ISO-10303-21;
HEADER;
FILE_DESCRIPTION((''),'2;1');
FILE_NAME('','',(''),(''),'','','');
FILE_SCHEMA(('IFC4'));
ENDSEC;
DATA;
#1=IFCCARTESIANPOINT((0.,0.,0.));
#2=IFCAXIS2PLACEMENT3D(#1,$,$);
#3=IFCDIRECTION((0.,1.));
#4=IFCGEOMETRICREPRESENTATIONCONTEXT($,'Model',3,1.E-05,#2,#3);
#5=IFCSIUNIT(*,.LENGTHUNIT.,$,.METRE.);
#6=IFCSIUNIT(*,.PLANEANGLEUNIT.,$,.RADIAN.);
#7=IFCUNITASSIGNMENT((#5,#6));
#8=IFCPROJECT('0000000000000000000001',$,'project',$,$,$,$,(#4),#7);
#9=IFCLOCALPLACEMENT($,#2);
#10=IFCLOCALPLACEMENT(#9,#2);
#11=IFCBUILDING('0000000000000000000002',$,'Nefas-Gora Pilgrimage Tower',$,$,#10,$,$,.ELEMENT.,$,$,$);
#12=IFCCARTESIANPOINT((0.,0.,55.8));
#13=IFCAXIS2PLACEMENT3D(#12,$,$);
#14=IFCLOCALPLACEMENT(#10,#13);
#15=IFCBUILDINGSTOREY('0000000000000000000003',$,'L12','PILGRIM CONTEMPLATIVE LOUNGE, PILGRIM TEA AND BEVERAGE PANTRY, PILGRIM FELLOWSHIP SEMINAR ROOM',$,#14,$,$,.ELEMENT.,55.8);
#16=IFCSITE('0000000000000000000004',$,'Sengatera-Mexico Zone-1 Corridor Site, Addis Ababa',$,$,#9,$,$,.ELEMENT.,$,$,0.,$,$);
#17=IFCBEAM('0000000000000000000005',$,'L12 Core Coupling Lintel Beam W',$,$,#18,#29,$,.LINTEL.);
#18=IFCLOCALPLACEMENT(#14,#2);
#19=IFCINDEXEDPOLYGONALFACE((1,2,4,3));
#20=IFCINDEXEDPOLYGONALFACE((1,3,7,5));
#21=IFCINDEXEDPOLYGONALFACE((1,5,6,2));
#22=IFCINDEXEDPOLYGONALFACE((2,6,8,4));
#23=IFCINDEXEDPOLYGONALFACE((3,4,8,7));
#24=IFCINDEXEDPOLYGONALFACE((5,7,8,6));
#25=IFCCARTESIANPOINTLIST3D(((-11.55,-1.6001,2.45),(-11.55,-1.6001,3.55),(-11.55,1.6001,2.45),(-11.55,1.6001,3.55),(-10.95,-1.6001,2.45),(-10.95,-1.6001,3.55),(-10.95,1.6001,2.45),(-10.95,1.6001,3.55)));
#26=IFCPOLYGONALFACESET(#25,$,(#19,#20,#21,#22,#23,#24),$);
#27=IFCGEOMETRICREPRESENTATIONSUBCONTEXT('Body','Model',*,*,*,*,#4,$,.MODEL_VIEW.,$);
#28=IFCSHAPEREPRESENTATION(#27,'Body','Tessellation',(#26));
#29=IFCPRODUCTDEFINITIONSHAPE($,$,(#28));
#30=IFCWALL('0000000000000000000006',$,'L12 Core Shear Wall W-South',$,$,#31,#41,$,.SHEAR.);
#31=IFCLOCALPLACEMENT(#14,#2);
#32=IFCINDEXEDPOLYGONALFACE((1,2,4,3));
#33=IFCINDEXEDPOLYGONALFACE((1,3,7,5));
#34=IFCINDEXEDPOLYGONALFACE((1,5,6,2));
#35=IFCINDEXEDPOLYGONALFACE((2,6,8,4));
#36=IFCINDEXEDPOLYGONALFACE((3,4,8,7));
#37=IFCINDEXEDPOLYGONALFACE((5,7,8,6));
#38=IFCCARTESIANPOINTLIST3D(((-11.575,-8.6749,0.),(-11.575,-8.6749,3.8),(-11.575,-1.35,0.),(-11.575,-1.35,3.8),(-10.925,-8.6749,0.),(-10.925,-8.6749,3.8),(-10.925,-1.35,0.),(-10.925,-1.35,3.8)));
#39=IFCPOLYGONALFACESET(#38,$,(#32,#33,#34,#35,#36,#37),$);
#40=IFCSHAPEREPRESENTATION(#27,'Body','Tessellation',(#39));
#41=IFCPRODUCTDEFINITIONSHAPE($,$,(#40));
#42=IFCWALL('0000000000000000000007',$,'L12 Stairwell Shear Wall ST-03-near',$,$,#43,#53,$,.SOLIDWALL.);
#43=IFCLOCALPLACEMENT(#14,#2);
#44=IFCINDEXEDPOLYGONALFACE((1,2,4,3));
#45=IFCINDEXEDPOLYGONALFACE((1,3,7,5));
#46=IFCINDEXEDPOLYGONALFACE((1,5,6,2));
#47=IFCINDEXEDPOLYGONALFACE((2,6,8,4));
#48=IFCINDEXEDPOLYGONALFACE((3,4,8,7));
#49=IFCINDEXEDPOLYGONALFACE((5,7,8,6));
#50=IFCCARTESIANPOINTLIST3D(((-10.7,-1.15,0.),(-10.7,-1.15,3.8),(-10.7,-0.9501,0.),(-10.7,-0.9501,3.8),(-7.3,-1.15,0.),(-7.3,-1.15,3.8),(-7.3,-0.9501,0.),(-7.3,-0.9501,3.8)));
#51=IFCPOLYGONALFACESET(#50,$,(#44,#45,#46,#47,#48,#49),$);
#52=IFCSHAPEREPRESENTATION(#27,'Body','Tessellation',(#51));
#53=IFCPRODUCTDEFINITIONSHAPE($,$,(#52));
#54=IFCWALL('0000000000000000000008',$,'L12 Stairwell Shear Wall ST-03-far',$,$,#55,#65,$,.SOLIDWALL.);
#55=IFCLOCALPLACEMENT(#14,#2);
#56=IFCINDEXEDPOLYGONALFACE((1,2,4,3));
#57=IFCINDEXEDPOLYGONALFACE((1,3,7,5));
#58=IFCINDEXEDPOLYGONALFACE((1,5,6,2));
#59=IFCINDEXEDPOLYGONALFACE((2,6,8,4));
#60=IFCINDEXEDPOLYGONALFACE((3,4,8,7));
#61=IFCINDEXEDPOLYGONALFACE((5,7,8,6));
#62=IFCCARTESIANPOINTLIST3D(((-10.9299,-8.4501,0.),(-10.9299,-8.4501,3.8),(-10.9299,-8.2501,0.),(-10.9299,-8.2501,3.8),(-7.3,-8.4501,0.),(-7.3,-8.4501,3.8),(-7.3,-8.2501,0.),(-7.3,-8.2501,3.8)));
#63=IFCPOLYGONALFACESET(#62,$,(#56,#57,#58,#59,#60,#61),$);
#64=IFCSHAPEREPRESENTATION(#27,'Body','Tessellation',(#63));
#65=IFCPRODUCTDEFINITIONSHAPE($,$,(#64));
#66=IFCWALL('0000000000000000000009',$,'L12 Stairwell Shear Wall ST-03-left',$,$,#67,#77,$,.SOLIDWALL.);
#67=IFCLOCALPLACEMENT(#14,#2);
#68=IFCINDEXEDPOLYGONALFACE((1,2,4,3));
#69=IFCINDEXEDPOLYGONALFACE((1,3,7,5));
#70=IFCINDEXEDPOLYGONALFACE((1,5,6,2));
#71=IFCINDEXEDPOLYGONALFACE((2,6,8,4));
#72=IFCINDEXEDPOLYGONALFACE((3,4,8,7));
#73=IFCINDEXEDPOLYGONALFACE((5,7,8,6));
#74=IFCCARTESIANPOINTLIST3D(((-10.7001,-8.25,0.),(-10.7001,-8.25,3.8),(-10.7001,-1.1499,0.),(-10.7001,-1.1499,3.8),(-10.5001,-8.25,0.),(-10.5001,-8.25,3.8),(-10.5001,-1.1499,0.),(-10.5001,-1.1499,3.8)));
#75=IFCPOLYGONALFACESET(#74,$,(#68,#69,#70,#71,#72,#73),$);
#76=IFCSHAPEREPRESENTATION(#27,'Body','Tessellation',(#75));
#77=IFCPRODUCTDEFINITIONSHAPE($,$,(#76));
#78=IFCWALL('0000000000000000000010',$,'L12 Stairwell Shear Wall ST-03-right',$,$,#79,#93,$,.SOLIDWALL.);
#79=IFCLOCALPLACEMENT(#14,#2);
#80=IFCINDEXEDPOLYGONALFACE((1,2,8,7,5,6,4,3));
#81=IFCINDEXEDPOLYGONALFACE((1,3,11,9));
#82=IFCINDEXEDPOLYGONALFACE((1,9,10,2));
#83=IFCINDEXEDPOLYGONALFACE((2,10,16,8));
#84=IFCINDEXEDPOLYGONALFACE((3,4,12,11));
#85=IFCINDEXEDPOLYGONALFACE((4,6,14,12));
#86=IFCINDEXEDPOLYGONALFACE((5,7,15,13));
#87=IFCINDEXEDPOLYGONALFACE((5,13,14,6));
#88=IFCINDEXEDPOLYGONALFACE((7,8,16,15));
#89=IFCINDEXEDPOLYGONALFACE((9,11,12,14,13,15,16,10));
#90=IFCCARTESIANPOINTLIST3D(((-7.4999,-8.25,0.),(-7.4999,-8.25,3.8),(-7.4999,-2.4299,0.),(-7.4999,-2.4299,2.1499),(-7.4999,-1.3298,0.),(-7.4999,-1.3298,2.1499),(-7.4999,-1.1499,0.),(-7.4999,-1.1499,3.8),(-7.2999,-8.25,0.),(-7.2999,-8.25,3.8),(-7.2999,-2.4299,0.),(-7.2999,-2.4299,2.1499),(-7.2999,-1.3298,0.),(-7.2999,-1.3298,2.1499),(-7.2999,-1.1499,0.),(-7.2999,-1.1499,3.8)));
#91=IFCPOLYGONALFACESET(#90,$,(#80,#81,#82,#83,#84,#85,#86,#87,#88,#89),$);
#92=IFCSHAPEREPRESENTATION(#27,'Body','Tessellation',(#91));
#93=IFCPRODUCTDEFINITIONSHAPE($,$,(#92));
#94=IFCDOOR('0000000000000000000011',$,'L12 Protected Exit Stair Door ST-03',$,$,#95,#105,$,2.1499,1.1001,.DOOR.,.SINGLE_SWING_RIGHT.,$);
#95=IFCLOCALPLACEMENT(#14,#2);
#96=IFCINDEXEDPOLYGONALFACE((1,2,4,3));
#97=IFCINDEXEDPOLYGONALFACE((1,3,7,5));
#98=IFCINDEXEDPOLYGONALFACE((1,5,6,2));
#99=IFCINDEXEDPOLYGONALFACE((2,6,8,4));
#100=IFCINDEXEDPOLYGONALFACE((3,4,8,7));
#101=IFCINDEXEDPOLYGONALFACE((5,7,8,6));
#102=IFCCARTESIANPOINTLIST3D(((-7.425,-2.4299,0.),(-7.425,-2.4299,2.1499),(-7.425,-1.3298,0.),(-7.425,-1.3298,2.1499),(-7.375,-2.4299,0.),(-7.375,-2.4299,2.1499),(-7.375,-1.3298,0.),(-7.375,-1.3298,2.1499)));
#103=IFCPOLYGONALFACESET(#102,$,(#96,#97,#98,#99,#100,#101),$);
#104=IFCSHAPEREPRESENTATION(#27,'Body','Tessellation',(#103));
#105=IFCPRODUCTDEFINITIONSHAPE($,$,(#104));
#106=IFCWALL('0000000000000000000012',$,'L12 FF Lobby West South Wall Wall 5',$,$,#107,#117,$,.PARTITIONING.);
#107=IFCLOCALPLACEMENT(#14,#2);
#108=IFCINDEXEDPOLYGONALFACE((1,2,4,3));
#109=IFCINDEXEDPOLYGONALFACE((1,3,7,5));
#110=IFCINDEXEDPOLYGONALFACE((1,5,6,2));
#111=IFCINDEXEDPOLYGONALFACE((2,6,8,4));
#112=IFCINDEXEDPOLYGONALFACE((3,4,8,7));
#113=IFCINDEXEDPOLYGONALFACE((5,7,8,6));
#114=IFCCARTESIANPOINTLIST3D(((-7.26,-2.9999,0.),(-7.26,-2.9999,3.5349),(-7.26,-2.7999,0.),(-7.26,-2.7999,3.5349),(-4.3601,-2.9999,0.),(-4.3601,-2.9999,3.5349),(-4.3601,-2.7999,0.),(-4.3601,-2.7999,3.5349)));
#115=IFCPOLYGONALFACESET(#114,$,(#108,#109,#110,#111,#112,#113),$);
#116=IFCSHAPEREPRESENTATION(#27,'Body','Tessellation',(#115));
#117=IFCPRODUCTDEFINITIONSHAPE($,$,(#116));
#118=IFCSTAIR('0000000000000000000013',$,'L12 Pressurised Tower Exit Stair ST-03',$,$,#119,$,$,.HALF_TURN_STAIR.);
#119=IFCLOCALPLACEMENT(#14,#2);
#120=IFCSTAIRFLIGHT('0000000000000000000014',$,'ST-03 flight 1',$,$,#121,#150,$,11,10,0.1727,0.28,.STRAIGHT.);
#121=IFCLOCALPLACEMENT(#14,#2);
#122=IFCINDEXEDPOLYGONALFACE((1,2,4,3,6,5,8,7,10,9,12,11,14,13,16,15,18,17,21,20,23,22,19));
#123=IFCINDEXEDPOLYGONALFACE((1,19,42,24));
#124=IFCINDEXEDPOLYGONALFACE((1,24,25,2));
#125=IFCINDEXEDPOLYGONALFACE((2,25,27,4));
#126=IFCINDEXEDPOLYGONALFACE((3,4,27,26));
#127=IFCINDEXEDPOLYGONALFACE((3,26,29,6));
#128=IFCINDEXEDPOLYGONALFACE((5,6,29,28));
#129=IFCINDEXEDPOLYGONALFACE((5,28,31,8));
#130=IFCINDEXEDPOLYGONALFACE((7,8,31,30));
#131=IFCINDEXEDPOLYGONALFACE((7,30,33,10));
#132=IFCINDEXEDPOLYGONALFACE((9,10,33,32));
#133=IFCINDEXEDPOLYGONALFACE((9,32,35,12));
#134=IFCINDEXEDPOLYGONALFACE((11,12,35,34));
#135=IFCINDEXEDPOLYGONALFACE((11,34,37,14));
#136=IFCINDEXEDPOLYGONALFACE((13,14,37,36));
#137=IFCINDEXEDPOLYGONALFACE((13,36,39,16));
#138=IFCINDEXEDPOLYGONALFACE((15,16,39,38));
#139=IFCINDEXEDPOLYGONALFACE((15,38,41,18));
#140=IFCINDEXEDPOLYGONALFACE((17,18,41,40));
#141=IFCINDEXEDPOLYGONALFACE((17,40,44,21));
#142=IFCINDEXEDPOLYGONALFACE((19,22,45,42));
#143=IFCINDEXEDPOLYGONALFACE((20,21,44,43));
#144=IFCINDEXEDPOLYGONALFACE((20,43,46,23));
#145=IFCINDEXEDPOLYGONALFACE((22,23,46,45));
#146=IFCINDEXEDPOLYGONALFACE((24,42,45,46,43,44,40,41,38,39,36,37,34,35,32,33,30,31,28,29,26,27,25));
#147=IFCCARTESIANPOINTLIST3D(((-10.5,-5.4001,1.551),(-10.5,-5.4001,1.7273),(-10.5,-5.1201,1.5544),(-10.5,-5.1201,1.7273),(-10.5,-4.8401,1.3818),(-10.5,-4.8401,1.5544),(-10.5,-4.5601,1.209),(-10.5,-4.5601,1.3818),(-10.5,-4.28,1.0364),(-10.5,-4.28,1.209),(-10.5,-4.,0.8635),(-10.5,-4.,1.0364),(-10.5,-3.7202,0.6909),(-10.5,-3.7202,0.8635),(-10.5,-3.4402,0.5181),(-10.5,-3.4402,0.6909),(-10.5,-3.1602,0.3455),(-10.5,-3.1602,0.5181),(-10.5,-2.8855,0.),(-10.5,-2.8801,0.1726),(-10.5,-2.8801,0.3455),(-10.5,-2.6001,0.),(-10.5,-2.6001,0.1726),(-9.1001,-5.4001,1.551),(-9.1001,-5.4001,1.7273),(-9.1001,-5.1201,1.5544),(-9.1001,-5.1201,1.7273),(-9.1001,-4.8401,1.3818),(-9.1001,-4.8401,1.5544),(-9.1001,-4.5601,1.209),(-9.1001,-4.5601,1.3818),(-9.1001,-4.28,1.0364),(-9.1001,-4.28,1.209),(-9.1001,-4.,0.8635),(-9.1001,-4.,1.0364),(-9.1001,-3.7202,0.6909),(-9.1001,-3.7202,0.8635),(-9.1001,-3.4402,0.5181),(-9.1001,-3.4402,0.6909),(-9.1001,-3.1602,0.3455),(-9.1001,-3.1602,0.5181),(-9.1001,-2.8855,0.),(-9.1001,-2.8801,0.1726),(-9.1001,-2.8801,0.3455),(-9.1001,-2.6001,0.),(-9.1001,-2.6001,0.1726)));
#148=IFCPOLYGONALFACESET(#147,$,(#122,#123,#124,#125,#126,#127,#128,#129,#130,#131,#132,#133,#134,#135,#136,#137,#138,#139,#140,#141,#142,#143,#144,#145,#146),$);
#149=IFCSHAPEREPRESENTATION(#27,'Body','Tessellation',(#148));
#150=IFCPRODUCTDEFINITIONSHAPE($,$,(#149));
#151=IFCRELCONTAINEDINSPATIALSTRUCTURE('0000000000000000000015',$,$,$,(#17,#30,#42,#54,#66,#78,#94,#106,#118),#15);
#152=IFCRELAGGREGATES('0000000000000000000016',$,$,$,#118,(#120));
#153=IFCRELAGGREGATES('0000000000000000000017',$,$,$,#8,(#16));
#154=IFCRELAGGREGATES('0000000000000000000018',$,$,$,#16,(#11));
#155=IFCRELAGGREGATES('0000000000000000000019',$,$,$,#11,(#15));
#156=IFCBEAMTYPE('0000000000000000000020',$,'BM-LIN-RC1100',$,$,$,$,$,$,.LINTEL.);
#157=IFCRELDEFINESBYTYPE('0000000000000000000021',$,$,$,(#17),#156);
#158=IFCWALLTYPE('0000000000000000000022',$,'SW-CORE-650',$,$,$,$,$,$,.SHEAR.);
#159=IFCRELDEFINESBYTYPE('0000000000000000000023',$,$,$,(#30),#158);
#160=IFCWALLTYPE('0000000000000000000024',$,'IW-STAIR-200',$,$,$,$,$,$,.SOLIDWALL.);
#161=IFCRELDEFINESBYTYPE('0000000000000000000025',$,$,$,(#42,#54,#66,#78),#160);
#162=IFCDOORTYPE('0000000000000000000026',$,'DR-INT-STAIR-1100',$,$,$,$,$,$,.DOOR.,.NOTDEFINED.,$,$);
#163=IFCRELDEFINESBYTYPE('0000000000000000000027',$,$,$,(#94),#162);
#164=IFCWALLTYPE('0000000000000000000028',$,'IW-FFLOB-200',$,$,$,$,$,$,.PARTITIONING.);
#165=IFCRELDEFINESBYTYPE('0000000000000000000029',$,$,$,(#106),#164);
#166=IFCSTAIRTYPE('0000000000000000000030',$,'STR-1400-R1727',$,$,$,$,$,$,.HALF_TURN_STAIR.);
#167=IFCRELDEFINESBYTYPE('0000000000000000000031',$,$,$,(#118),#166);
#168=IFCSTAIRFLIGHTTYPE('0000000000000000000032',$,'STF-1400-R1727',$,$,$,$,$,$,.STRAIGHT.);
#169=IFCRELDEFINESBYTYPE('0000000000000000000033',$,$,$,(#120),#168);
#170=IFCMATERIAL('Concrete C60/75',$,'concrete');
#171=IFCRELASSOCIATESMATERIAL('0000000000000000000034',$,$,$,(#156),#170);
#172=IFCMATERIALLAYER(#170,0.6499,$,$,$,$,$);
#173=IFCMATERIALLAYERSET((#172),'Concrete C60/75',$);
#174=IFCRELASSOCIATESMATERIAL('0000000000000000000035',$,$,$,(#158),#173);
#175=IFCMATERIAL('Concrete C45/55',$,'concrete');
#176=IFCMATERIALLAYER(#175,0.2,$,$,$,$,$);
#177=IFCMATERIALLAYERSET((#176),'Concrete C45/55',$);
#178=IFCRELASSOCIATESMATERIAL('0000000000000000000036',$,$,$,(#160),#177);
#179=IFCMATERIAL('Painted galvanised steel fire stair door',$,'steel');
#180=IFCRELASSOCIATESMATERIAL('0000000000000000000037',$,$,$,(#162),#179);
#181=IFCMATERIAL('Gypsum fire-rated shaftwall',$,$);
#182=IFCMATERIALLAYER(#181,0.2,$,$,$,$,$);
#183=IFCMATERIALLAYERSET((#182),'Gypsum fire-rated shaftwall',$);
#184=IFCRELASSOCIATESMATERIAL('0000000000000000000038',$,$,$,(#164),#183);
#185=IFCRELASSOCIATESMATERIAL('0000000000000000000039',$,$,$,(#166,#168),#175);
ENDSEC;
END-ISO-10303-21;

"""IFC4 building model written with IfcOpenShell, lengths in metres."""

from ifc_helpers import new_model, si_unit, direction, frame, frame_2d, origin, origin_2d, place, context, subcontext, project, spatial, polyline, rectangle, outline, extrude, source, transform, mapped, material, layer, layer_set, material_profile, profile_set, type_object, element, fill, aggregate, save


model = new_model("IFC4")

# Units and contexts
model_context = context("Model", 3, precision=1e-05, world=origin(), true_north=direction((0.0, 1.0)))
body_context = subcontext(model_context, "Body", "Model", "MODEL_VIEW")
ifc_project = project(units=[si_unit("LENGTHUNIT", "METRE"), si_unit("PLANEANGLEUNIT", "RADIAN")], contexts=[model_context])

# Site, building, storey
site_placement = place(None, origin())
site = spatial("IfcSite", under=ifc_project, at=site_placement, Name="Sengatera-Mexico Zone-1 Corridor Site, Addis Ababa", CompositionType="ELEMENT", RefElevation=0.0)
building_placement = place(site_placement, origin())
building = spatial("IfcBuilding", under=site, at=building_placement, Name="Nefas-Gora Pilgrimage Tower", CompositionType="ELEMENT")
storey_placement = place(building_placement, frame((0.0, 0.0, 55.8)))
storey = spatial("IfcBuildingStorey", under=building, at=storey_placement, Name="L12", Description="PILGRIM CONTEMPLATIVE LOUNGE, PILGRIM TEA AND BEVERAGE PANTRY, PILGRIM FELLOWSHIP SEMINAR ROOM", CompositionType="ELEMENT", Elevation=55.8)

# Beam
ifc_material_1 = material(Name="Concrete C60/75", Category="concrete")
ifc_material_profile = material_profile(ifc_material_1, rectangle(XDim=0.6001, YDim=1.1001, at=origin_2d()), Name="RC 600x1100")
ifc_profile_set = profile_set([ifc_material_profile], Name="Concrete C60/75")
beam_type = type_object("IfcBeamType", Name="BM-LIN-RC1100", PredefinedType="LINTEL", material=ifc_profile_set)
shared_shape_1 = source(origin(), body_context, "Body", "SweptSolid", [
    extrude(rectangle(XDim=0.6001, YDim=1.1001, at=origin_2d()), origin(), (0.0, 0.0, 1.0), 3.2002),
])
beam_placement = place(storey_placement, frame((-11.25, -1.6001, 3.0), z_axis=(0.0, 1.0, 0.0), x_axis=(-1.0, 0.0, 0.0)))
element("IfcBeam", 1, at=beam_placement, inside=storey, type_object=beam_type, Name="L12 Core Coupling Lintel Beam W", PredefinedType="LINTEL", context=body_context, shape_type="MappedRepresentation", body=[
    mapped(shared_shape_1, transform((0.0, 0.0, 0.0), x_axis=(1.0, 0.0, 0.0), y_axis=(0.0, 1.0, 0.0), z_axis=(0.0, 0.0, 1.0), scale=1.0)),
])

# Walls
ifc_layer_1 = layer(ifc_material_1, 0.6499)
ifc_layer_set_1 = layer_set([ifc_layer_1], Name="Concrete C60/75")
wall_type_1 = type_object("IfcWallType", Name="SW-CORE-650", PredefinedType="SHEAR", material=ifc_layer_set_1)
shared_shape_2 = source(origin(), body_context, "Body", "SweptSolid", [
    extrude(rectangle(XDim=7.325, YDim=0.6499, at=frame_2d((3.6626, 0.0))), origin(), (0.0, 0.0, 1.0), 3.8),
])
wall_1_placement = place(storey_placement, frame((-11.25, -8.675, 0.0), z_axis=(0.0, 0.0, 1.0), x_axis=(0.0, 1.0, 0.0)))
element("IfcWall", 2, at=wall_1_placement, inside=storey, type_object=wall_type_1, Name="L12 Core Shear Wall W-South", PredefinedType="SHEAR", context=body_context, shape_type="MappedRepresentation", body=[
    mapped(shared_shape_2, transform((0.0, 0.0, 0.0), x_axis=(1.0, 0.0, 0.0), y_axis=(0.0, 1.0, 0.0), z_axis=(0.0, 0.0, 1.0), scale=1.0)),
])
ifc_material_2 = material(Name="Concrete C45/55", Category="concrete")
ifc_layer_2 = layer(ifc_material_2, 0.2)
ifc_layer_set_2 = layer_set([ifc_layer_2], Name="Concrete C45/55")
wall_type_2 = type_object("IfcWallType", Name="IW-STAIR-200", PredefinedType="SOLIDWALL", material=ifc_layer_set_2)
shared_shape_3 = source(origin(), body_context, "Body", "SweptSolid", [
    extrude(rectangle(XDim=3.3999, YDim=0.2, at=frame_2d((1.7, 0.0))), origin(), (0.0, 0.0, 1.0), 3.8),
])
wall_2_placement = place(storey_placement, frame((-10.7, -1.05, 0.0), z_axis=(0.0, 0.0, 1.0), x_axis=(1.0, 0.0, 0.0)))
element("IfcWall", 3, at=wall_2_placement, inside=storey, type_object=wall_type_2, Name="L12 Stairwell Shear Wall ST-03-near", PredefinedType="SOLIDWALL", context=body_context, shape_type="MappedRepresentation", body=[
    mapped(shared_shape_3, transform((0.0, 0.0, 0.0), x_axis=(1.0, 0.0, 0.0), y_axis=(0.0, 1.0, 0.0), z_axis=(0.0, 0.0, 1.0), scale=1.0)),
])
shared_shape_4 = source(origin(), body_context, "Body", "SweptSolid", [
    extrude(rectangle(XDim=3.6299, YDim=0.2, at=frame_2d((1.8149, 0.0))), origin(), (0.0, 0.0, 1.0), 3.8),
])
wall_3_placement = place(storey_placement, frame((-10.9299, -8.3501, 0.0), z_axis=(0.0, 0.0, 1.0), x_axis=(1.0, 0.0, 0.0)))
element("IfcWall", 4, at=wall_3_placement, inside=storey, type_object=wall_type_2, Name="L12 Stairwell Shear Wall ST-03-far", PredefinedType="SOLIDWALL", context=body_context, shape_type="MappedRepresentation", body=[
    mapped(shared_shape_4, transform((0.0, 0.0, 0.0), x_axis=(1.0, 0.0, 0.0), y_axis=(0.0, 1.0, 0.0), z_axis=(0.0, 0.0, 1.0), scale=1.0)),
])
shared_shape_5 = source(origin(), body_context, "Body", "SweptSolid", [
    extrude(rectangle(XDim=7.1001, YDim=0.2, at=frame_2d((3.55, 0.0))), origin(), (0.0, 0.0, 1.0), 3.8),
])
wall_4_placement = place(storey_placement, frame((-10.6001, -1.1499, 0.0), z_axis=(0.0, 0.0, 1.0), x_axis=(0.0, -1.0, 0.0)))
element("IfcWall", 5, at=wall_4_placement, inside=storey, type_object=wall_type_2, Name="L12 Stairwell Shear Wall ST-03-left", PredefinedType="SOLIDWALL", context=body_context, shape_type="MappedRepresentation", body=[
    mapped(shared_shape_5, transform((0.0, 0.0, 0.0), x_axis=(1.0, 0.0, 0.0), y_axis=(0.0, 1.0, 0.0), z_axis=(0.0, 0.0, 1.0), scale=1.0)),
])

# Wall, opening, door
wall_5_placement = place(storey_placement, frame((-7.3999, -1.1499, 0.0), z_axis=(0.0, 0.0, 1.0), x_axis=(0.0, -1.0, 0.0)))
wall_5 = element("IfcWall", 6, at=wall_5_placement, inside=storey, type_object=wall_type_2, Name="L12 Stairwell Shear Wall ST-03-right", PredefinedType="SOLIDWALL", context=body_context, shape_type="MappedRepresentation", body=[
    mapped(shared_shape_5, transform((0.0, 0.0, 0.0), x_axis=(1.0, 0.0, 0.0), y_axis=(0.0, 1.0, 0.0), z_axis=(0.0, 0.0, 1.0), scale=1.0)),
])
opening_placement = place(wall_5_placement, frame((0.1799, 0.0, 0.0)))
opening = element("IfcOpeningElement", 7, at=opening_placement, cuts=wall_5, PredefinedType="OPENING", context=body_context, shape_type="SweptSolid", body=[
    extrude(rectangle(XDim=1.1001, YDim=2.1499, at=frame_2d((0.55, 1.075))), frame((0.0, 0.1099, 0.0), z_axis=(0.0, -1.0, 0.0), x_axis=(1.0, 0.0, 0.0)), (0.0, 0.0, 1.0), 0.22),
])
ifc_material_3 = material(Name="Painted galvanised steel fire stair door", Category="steel")
door_type = type_object("IfcDoorType", Name="DR-INT-STAIR-1100", OperationType="NOTDEFINED", PredefinedType="DOOR", material=ifc_material_3)
shared_shape_6 = source(origin(), body_context, "Body", "SweptSolid", [
    extrude(rectangle(XDim=1.1001, YDim=2.1499, at=frame_2d((0.55, 1.075))), frame((0.0, 0.0249, 0.0), z_axis=(0.0, -1.0, 0.0), x_axis=(1.0, 0.0, 0.0)), (0.0, 0.0, 1.0), 0.05),
])
door_placement = place(opening_placement, origin())
door = element("IfcDoor", 8, at=door_placement, inside=storey, type_object=door_type, Name="L12 Protected Exit Stair Door ST-03", OperationType="SINGLE_SWING_RIGHT", OverallHeight=2.1499, OverallWidth=1.1001, PredefinedType="DOOR", context=body_context, shape_type="MappedRepresentation", body=[
    mapped(shared_shape_6, transform((0.0, 0.0, 0.0), x_axis=(1.0, 0.0, 0.0), y_axis=(0.0, 1.0, 0.0), z_axis=(0.0, 0.0, 1.0), scale=1.0)),
])
fill(opening, door)

# Wall
ifc_material_4 = material(Name="Gypsum fire-rated shaftwall")
ifc_layer_3 = layer(ifc_material_4, 0.2)
ifc_layer_set_3 = layer_set([ifc_layer_3], Name="Gypsum fire-rated shaftwall")
wall_type_3 = type_object("IfcWallType", Name="IW-FFLOB-200", PredefinedType="PARTITIONING", material=ifc_layer_set_3)
shared_shape_7 = source(origin(), body_context, "Body", "SweptSolid", [
    extrude(rectangle(XDim=2.8999, YDim=0.2, at=frame_2d((1.45, 0.0))), origin(), (0.0, 0.0, 1.0), 3.5349),
])
wall_6_placement = place(storey_placement, frame((-7.26, -2.8999, 0.0), z_axis=(0.0, 0.0, 1.0), x_axis=(1.0, 0.0, 0.0)))
element("IfcWall", 9, at=wall_6_placement, inside=storey, type_object=wall_type_3, Name="L12 FF Lobby West South Wall Wall 5", PredefinedType="PARTITIONING", context=body_context, shape_type="MappedRepresentation", body=[
    mapped(shared_shape_7, transform((0.0, 0.0, 0.0), x_axis=(1.0, 0.0, 0.0), y_axis=(0.0, 1.0, 0.0), z_axis=(0.0, 0.0, 1.0), scale=1.0)),
])

# Stair, stair flight
stair_type = type_object("IfcStairType", Name="STR-1400-R1727", PredefinedType="HALF_TURN_STAIR", material=ifc_material_2)
stair_placement = place(storey_placement, origin())
stair = element("IfcStair", 10, at=stair_placement, inside=storey, type_object=stair_type, Name="L12 Pressurised Tower Exit Stair ST-03", PredefinedType="HALF_TURN_STAIR")
stair_flight_type = type_object("IfcStairFlightType", Name="STF-1400-R1727", PredefinedType="STRAIGHT", material=ifc_material_2)
shared_shape_8 = source(origin(), body_context, "Body", "SweptSolid", [
    extrude(outline(polyline([(0.0, 0.0), (0.0, 0.1726), (0.28, 0.1726), (0.28, 0.3455), (0.5601, 0.3455), (0.5601, 0.5181), (0.8401, 0.5181), (0.8401, 0.6909), (1.1201, 0.6909), (1.1201, 0.8635), (1.3999, 0.8635), (1.3999, 1.0364), (1.6799, 1.0364), (1.6799, 1.209), (1.96, 1.209), (1.96, 1.3818), (2.24, 1.3818), (2.24, 1.5544), (2.52, 1.5544), (2.52, 1.7273), (2.8, 1.7273), (2.8, 1.8999), (2.8, 1.551), (0.2854, 0.0), (0.0, 0.0)])), frame((0.0, 0.7, 0.0), z_axis=(0.0, -1.0, 0.0), x_axis=(1.0, 0.0, 0.0)), (0.0, 0.0, 1.0), 1.3999),
])
stair_flight_1_placement = place(storey_placement, frame((-9.8, -2.6001, 0.0), z_axis=(0.0, 0.0, 1.0), x_axis=(0.0, -1.0, 0.0)))
stair_flight_1 = element("IfcStairFlight", 11, at=stair_flight_1_placement, type_object=stair_flight_type, Name="ST-03 flight 1", NumberOfRisers=11, NumberOfTreads=10, PredefinedType="STRAIGHT", RiserHeight=0.1727, TreadLength=0.28, context=body_context, shape_type="MappedRepresentation", body=[
    mapped(shared_shape_8, transform((0.0, 0.0, 0.0), x_axis=(1.0, 0.0, 0.0), y_axis=(0.0, 1.0, 0.0), z_axis=(0.0, 0.0, 1.0), scale=1.0)),
])
aggregate(stair, [stair_flight_1])

save(model, "model.ifc")
